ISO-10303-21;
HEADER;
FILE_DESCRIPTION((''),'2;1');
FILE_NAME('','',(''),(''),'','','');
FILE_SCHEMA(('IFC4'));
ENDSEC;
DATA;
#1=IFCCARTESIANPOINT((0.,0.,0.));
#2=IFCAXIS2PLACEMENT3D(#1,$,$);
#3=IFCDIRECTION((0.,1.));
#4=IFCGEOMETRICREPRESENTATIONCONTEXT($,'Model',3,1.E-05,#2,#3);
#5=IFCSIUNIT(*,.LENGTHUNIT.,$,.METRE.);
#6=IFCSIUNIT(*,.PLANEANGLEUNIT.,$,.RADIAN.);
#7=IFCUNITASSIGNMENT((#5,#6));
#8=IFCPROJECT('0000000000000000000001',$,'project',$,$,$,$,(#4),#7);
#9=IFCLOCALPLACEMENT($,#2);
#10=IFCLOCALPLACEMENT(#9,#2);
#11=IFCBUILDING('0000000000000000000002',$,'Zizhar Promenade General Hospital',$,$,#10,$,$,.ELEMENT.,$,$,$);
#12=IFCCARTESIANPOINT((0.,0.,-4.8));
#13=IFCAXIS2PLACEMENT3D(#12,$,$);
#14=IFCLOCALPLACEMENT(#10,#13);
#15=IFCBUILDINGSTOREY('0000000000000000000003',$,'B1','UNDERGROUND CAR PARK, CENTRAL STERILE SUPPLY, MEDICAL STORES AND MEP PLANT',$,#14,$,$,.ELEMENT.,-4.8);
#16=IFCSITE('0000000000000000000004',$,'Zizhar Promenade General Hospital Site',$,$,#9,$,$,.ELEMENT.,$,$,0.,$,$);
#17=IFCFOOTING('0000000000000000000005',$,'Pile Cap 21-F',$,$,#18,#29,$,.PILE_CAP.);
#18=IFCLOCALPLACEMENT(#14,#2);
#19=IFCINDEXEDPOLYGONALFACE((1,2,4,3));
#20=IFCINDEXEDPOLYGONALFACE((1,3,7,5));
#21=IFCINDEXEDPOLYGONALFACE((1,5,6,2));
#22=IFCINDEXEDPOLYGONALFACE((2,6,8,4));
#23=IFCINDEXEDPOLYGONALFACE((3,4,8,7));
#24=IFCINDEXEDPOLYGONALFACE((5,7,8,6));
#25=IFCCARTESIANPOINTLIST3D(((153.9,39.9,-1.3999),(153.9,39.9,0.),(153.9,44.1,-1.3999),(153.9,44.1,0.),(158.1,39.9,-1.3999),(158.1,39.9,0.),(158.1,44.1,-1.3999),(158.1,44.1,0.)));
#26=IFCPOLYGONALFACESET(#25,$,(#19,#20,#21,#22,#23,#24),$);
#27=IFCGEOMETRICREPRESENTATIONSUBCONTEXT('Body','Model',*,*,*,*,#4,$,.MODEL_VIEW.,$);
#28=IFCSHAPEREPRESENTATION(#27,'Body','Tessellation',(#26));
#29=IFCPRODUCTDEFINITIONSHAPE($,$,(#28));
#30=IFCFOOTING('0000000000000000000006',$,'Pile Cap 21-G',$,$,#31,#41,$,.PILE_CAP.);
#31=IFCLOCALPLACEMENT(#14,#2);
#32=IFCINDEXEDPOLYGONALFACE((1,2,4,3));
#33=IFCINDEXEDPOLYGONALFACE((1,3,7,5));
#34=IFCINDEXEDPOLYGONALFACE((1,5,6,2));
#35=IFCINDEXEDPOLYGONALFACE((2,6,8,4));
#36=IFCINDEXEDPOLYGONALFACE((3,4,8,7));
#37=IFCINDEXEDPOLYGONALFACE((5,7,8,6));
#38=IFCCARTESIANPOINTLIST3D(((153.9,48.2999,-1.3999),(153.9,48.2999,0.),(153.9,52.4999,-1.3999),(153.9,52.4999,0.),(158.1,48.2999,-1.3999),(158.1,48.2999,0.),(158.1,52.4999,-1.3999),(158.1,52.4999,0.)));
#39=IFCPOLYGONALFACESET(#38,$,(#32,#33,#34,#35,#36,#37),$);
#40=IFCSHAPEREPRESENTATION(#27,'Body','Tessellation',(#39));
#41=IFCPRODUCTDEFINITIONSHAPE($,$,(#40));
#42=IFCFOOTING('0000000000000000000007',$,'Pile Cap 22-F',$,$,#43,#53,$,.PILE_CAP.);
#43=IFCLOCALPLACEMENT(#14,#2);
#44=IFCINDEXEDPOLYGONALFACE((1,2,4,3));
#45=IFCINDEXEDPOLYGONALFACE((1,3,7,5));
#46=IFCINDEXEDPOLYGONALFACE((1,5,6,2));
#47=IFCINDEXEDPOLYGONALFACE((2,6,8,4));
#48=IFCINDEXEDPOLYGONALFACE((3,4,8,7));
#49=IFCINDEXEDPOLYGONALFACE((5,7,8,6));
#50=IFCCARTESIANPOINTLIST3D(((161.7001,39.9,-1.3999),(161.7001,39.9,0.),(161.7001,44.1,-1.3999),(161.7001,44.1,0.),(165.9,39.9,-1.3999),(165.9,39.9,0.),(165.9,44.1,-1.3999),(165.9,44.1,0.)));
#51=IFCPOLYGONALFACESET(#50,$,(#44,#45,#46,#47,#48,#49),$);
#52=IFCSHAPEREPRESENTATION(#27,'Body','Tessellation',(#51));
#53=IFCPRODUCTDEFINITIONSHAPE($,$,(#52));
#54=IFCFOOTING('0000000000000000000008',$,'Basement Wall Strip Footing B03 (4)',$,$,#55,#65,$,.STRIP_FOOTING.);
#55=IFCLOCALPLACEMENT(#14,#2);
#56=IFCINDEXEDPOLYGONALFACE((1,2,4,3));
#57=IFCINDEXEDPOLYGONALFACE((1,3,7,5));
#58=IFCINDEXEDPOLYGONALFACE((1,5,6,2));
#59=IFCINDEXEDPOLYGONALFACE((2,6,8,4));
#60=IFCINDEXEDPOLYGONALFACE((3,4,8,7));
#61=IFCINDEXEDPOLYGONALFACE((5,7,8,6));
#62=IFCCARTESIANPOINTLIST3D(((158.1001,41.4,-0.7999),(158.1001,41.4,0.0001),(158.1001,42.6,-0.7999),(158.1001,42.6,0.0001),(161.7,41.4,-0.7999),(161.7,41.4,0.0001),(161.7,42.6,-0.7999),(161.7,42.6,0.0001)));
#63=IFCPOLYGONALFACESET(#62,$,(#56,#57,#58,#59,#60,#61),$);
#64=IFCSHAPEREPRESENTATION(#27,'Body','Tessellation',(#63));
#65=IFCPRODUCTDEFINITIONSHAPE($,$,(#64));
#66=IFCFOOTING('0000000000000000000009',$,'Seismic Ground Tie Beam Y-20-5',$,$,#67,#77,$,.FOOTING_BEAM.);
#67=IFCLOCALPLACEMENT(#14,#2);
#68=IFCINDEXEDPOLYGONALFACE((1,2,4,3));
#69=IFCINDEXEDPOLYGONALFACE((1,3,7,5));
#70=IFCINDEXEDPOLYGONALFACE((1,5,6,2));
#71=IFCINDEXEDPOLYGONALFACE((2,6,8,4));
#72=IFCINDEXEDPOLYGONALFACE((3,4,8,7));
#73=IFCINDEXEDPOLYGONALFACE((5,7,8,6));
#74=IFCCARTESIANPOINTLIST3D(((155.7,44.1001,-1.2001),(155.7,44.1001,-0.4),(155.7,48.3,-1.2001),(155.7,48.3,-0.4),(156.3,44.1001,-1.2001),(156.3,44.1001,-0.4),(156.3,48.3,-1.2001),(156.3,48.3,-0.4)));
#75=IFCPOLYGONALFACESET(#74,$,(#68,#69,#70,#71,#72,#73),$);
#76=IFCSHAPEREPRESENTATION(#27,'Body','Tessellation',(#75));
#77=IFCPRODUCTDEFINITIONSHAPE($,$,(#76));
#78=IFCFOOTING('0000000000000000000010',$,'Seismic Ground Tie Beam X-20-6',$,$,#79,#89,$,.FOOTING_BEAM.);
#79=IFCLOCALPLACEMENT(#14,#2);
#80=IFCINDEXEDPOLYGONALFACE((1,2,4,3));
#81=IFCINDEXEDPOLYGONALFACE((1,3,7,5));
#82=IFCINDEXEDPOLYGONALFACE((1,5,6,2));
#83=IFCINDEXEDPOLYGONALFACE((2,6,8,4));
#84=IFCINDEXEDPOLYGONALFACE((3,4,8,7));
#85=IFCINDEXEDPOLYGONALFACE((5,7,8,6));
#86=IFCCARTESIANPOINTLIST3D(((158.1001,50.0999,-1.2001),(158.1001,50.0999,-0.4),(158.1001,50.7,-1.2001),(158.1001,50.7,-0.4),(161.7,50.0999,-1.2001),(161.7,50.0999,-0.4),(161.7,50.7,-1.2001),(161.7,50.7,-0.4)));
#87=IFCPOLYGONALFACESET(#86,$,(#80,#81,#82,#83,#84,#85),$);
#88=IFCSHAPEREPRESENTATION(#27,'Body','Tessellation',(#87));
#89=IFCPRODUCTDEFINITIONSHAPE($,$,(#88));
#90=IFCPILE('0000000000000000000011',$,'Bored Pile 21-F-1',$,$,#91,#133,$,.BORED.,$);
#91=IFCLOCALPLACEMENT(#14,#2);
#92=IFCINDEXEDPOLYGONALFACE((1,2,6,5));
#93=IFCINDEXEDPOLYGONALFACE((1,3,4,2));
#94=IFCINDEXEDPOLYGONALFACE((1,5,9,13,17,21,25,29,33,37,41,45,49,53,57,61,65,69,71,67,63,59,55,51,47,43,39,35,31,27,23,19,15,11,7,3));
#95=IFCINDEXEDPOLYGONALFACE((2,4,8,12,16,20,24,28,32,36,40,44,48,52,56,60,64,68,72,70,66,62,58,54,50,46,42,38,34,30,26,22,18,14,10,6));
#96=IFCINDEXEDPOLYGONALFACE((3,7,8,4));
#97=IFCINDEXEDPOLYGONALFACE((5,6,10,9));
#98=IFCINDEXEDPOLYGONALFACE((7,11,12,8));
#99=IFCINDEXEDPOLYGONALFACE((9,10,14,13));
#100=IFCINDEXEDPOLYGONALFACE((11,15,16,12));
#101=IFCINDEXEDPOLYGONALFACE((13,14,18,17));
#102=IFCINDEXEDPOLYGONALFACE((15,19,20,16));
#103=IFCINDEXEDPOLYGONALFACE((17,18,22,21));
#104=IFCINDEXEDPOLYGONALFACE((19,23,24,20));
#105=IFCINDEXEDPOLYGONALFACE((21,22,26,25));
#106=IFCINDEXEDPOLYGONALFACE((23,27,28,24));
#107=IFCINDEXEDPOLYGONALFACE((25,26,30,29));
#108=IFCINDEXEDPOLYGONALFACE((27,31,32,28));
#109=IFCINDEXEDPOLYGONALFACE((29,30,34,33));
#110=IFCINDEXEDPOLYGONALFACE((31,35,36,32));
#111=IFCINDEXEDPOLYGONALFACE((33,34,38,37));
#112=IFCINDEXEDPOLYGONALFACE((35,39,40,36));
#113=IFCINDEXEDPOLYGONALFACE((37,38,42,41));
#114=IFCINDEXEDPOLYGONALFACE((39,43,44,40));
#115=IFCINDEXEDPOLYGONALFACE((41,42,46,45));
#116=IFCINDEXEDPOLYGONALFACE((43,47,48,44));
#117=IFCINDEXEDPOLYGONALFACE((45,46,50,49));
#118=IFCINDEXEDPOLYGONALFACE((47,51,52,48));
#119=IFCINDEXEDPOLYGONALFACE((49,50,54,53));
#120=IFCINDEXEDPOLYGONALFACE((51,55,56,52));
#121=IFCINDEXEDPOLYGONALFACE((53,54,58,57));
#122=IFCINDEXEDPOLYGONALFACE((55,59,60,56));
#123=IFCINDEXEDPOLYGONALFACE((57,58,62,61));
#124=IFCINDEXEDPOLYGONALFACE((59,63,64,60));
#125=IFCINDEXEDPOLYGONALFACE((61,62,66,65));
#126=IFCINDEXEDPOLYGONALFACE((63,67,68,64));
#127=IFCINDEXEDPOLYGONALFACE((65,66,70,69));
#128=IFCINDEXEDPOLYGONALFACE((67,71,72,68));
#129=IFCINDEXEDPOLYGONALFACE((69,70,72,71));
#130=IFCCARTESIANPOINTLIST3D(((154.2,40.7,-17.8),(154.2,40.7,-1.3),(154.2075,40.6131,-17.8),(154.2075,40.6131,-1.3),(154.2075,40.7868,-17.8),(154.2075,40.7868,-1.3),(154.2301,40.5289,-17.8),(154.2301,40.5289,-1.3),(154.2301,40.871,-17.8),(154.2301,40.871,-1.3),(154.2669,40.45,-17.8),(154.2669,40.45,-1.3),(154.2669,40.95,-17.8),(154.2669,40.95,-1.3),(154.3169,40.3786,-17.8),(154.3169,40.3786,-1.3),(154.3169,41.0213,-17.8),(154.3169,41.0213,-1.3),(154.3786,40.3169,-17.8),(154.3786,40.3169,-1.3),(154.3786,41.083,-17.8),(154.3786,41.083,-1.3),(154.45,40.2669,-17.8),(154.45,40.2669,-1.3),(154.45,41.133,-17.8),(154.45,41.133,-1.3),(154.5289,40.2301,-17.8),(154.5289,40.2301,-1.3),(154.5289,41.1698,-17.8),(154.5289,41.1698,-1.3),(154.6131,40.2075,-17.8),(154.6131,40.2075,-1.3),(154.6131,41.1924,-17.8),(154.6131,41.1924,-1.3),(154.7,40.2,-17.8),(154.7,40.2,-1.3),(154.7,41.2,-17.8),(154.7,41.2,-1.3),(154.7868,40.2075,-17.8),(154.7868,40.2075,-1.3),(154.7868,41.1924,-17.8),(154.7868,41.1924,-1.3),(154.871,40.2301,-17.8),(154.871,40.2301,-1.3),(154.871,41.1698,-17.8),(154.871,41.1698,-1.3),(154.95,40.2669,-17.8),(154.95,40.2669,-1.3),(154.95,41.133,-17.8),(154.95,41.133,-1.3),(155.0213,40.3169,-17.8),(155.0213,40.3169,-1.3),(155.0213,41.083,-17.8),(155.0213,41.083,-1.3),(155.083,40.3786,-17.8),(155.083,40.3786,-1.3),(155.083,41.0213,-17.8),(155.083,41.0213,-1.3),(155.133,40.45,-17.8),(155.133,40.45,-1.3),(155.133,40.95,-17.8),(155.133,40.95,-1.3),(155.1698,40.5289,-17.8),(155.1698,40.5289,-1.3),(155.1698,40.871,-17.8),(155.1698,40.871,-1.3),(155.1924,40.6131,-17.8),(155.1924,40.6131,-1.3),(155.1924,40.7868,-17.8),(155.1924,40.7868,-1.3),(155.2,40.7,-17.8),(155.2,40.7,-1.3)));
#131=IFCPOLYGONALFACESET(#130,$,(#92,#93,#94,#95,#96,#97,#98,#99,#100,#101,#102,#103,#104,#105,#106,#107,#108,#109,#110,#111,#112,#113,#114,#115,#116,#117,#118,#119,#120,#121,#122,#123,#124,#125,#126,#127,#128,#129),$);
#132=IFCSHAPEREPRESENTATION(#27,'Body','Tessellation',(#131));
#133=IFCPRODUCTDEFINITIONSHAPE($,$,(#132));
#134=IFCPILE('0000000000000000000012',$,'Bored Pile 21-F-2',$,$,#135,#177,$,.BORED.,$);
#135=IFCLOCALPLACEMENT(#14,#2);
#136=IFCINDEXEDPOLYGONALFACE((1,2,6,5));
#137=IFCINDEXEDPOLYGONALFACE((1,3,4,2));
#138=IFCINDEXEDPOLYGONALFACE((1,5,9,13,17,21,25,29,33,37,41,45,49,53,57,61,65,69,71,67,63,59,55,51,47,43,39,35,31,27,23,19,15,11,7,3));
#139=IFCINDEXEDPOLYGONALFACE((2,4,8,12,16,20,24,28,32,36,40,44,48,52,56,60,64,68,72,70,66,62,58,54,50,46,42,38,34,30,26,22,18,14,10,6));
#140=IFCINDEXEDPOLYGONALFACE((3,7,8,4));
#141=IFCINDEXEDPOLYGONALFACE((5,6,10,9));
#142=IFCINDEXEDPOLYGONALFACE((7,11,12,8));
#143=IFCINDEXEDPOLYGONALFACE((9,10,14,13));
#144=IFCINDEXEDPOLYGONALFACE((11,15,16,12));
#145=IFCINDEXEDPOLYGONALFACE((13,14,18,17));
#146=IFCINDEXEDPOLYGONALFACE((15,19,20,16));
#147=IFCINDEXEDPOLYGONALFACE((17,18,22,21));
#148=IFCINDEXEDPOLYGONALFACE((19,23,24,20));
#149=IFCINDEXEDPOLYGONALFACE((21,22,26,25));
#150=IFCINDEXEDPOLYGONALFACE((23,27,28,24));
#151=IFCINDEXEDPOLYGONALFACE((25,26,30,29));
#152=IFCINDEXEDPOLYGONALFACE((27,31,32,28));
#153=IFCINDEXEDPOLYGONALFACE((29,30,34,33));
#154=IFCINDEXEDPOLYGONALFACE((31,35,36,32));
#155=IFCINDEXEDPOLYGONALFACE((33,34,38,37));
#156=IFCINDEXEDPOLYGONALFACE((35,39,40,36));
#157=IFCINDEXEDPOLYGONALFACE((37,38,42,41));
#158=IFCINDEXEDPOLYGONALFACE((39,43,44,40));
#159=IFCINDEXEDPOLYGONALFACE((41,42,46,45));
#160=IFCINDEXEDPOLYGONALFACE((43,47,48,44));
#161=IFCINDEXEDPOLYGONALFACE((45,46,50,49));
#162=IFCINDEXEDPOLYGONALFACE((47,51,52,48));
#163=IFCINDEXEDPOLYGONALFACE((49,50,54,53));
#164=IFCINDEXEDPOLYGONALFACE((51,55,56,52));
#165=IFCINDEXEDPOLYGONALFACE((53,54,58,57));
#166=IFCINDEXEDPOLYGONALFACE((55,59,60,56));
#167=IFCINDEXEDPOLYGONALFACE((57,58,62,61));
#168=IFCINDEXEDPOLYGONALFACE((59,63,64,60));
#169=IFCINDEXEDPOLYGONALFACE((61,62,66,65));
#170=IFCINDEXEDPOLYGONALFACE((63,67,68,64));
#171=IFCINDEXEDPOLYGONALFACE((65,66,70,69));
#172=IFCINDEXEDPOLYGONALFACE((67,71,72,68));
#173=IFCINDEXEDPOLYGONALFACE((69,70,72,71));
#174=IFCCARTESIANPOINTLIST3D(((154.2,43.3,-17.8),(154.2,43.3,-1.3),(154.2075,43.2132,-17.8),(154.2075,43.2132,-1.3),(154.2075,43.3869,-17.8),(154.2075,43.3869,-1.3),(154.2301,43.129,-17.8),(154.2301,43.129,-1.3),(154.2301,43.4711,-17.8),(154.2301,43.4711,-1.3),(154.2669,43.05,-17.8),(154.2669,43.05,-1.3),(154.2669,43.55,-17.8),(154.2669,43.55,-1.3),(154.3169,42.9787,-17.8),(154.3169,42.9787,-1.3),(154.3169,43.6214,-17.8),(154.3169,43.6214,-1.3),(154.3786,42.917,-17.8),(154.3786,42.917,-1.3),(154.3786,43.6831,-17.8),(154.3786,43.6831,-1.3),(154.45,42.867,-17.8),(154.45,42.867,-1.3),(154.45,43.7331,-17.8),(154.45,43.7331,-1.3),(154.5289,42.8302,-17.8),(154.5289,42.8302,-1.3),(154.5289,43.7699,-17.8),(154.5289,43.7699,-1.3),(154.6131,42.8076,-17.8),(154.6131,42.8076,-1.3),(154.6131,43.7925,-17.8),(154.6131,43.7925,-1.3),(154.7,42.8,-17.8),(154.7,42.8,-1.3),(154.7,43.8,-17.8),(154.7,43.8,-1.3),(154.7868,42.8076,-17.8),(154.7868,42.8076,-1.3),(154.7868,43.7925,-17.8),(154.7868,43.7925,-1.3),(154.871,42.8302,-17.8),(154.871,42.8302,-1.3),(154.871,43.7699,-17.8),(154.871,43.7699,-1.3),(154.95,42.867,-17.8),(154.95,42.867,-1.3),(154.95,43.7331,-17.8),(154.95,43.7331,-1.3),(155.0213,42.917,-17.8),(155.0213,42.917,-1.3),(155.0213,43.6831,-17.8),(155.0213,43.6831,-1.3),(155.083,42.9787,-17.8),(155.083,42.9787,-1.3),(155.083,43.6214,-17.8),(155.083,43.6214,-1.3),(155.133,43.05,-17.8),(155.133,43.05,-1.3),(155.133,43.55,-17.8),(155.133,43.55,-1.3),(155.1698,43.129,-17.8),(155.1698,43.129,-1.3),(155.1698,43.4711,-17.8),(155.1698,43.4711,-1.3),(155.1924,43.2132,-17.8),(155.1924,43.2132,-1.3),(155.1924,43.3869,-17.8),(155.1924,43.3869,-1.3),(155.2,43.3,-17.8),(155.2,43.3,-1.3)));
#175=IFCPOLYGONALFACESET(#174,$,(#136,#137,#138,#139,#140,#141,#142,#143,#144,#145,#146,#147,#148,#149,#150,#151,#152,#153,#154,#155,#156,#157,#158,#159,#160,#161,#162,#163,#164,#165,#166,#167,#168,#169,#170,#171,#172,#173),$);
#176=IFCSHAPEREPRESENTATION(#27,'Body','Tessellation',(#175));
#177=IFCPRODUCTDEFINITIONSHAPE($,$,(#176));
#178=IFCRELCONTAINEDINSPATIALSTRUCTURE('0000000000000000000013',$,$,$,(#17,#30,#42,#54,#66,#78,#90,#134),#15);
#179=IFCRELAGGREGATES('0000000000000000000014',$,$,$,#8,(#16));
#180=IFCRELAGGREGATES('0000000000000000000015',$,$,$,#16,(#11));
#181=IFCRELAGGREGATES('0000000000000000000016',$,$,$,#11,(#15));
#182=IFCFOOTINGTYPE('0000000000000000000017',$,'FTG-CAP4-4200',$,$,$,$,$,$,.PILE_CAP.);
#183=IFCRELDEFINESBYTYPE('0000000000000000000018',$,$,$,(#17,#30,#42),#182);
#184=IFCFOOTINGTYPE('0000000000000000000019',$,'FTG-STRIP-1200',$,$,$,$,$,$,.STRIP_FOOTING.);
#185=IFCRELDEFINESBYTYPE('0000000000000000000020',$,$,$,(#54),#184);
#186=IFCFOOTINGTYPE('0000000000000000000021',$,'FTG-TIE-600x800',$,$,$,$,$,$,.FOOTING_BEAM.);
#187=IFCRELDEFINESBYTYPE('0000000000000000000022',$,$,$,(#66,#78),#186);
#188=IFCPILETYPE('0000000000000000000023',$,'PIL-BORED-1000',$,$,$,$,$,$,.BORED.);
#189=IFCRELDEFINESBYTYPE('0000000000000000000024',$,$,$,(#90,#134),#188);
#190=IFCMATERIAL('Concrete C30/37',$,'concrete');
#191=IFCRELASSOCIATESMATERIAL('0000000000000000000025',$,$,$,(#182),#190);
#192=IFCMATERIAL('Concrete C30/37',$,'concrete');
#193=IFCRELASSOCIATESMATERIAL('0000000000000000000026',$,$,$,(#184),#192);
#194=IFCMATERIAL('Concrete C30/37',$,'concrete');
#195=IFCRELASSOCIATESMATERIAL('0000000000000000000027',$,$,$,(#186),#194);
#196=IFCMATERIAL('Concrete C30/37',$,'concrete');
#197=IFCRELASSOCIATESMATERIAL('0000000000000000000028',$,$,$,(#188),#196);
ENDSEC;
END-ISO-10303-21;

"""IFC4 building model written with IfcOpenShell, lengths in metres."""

from ifc_helpers import new_model, si_unit, direction, frame, origin, origin_2d, place, context, subcontext, project, spatial, rectangle, circle, extrude, material, material_profile, profile_set, type_object, element, save


model = new_model("IFC4")

# Units and contexts
model_context = context("Model", 3, precision=1e-05, world=origin(), true_north=direction((0.0, 1.0)))
body_context = subcontext(model_context, "Body", "Model", "MODEL_VIEW")
ifc_project = project(units=[si_unit("LENGTHUNIT", "METRE"), si_unit("PLANEANGLEUNIT", "RADIAN")], contexts=[model_context])

# Site, building, storey
site_placement = place(None, origin())
site = spatial("IfcSite", under=ifc_project, at=site_placement, Name="Zizhar Promenade General Hospital Site", CompositionType="ELEMENT", RefElevation=0.0)
building_placement = place(site_placement, origin())
building = spatial("IfcBuilding", under=site, at=building_placement, Name="Zizhar Promenade General Hospital", CompositionType="ELEMENT")
storey_placement = place(building_placement, frame((0.0, 0.0, -4.8)))
storey = spatial("IfcBuildingStorey", under=building, at=storey_placement, Name="B1", Description="UNDERGROUND CAR PARK, CENTRAL STERILE SUPPLY, MEDICAL STORES AND MEP PLANT", CompositionType="ELEMENT", Elevation=-4.8)

# Footings
ifc_material_1 = material(Name="Concrete C30/37", Category="concrete")
footing_type_1 = type_object("IfcFootingType", Name="FTG-CAP4-4200", PredefinedType="PILE_CAP", material=ifc_material_1)
for number, where, z_axis, x_axis, name in (
    (1, (156.0, 42.0, -1.3999), (0.0, 0.0, 1.0), (1.0, 0.0, 0.0), "Pile Cap 21-F"),
    (2, (156.0, 50.3999, -1.3999), (0.0, 0.0, 1.0), (1.0, 0.0, 0.0), "Pile Cap 21-G"),
    (3, (163.8, 42.0, -1.3999), (0.0, 0.0, 1.0), (1.0, 0.0, 0.0), "Pile Cap 22-F"),
):
    element("IfcFooting", number, at=place(storey_placement, frame(where, z_axis=z_axis, x_axis=x_axis)), inside=storey, type_object=footing_type_1, Name=name, PredefinedType="PILE_CAP", context=body_context, shape_type="SweptSolid", body=[
        extrude(rectangle(XDim=4.2, YDim=4.2, at=origin_2d()), origin(), (0.0, 0.0, 1.0), 1.3999),
    ])
ifc_material_2 = material(Name="Concrete C30/37", Category="concrete")
ifc_material_profile_1 = material_profile(ifc_material_2, rectangle(XDim=1.2, YDim=0.8, at=origin_2d()))
ifc_profile_set_1 = profile_set([ifc_material_profile_1], Name="Concrete C30/37")
footing_type_2 = type_object("IfcFootingType", Name="FTG-STRIP-1200", PredefinedType="STRIP_FOOTING", material=ifc_profile_set_1)
footing_1_placement = place(storey_placement, frame((158.1001, 42.0, -0.3999), z_axis=(1.0, 0.0, 0.0), x_axis=(0.0, 1.0, 0.0)))
element("IfcFooting", 4, at=footing_1_placement, inside=storey, type_object=footing_type_2, Name="Basement Wall Strip Footing B03 (4)", PredefinedType="STRIP_FOOTING", context=body_context, shape_type="SweptSolid", body=[
    extrude(rectangle(XDim=1.2, YDim=0.8, at=origin_2d()), origin(), (0.0, 0.0, 1.0), 3.5999),
])
ifc_material_3 = material(Name="Concrete C30/37", Category="concrete")
ifc_material_profile_2 = material_profile(ifc_material_3, rectangle(XDim=0.6001, YDim=0.8, at=origin_2d()))
ifc_profile_set_2 = profile_set([ifc_material_profile_2], Name="Concrete C30/37")
footing_type_3 = type_object("IfcFootingType", Name="FTG-TIE-600x800", PredefinedType="FOOTING_BEAM", material=ifc_profile_set_2)
footing_2_placement = place(storey_placement, frame((156.0, 44.1001, -0.8), z_axis=(0.0, 1.0, 0.0), x_axis=(-1.0, 0.0, 0.0)))
element("IfcFooting", 5, at=footing_2_placement, inside=storey, type_object=footing_type_3, Name="Seismic Ground Tie Beam Y-20-5", PredefinedType="FOOTING_BEAM", context=body_context, shape_type="SweptSolid", body=[
    extrude(rectangle(XDim=0.6001, YDim=0.8, at=origin_2d()), origin(), (0.0, 0.0, 1.0), 4.2),
])
footing_3_placement = place(storey_placement, frame((158.1001, 50.3999, -0.8), z_axis=(1.0, 0.0, 0.0), x_axis=(0.0, 1.0, 0.0)))
element("IfcFooting", 6, at=footing_3_placement, inside=storey, type_object=footing_type_3, Name="Seismic Ground Tie Beam X-20-6", PredefinedType="FOOTING_BEAM", context=body_context, shape_type="SweptSolid", body=[
    extrude(rectangle(XDim=0.6001, YDim=0.8, at=origin_2d()), origin(), (0.0, 0.0, 1.0), 3.5999),
])

# Piles
ifc_material_4 = material(Name="Concrete C30/37", Category="concrete")
ifc_material_profile_3 = material_profile(ifc_material_4, circle(Radius=0.5, at=origin_2d()))
ifc_profile_set_3 = profile_set([ifc_material_profile_3], Name="Concrete C30/37")
pile_type = type_object("IfcPileType", Name="PIL-BORED-1000", PredefinedType="BORED", material=ifc_profile_set_3)
for number, where, z_axis, x_axis, name in (
    (7, (154.7, 40.7, -1.3), (0.0, 0.0, -1.0), (1.0, 0.0, 0.0), "Bored Pile 21-F-1"),
    (8, (154.7, 43.3, -1.3), (0.0, 0.0, -1.0), (1.0, 0.0, 0.0), "Bored Pile 21-F-2"),
):
    element("IfcPile", number, at=place(storey_placement, frame(where, z_axis=z_axis, x_axis=x_axis)), inside=storey, type_object=pile_type, Name=name, PredefinedType="BORED", context=body_context, shape_type="SweptSolid", body=[
        extrude(circle(Radius=0.5, at=origin_2d()), origin(), (0.0, 0.0, 1.0), 16.5),
    ])

save(model, "model.ifc")
